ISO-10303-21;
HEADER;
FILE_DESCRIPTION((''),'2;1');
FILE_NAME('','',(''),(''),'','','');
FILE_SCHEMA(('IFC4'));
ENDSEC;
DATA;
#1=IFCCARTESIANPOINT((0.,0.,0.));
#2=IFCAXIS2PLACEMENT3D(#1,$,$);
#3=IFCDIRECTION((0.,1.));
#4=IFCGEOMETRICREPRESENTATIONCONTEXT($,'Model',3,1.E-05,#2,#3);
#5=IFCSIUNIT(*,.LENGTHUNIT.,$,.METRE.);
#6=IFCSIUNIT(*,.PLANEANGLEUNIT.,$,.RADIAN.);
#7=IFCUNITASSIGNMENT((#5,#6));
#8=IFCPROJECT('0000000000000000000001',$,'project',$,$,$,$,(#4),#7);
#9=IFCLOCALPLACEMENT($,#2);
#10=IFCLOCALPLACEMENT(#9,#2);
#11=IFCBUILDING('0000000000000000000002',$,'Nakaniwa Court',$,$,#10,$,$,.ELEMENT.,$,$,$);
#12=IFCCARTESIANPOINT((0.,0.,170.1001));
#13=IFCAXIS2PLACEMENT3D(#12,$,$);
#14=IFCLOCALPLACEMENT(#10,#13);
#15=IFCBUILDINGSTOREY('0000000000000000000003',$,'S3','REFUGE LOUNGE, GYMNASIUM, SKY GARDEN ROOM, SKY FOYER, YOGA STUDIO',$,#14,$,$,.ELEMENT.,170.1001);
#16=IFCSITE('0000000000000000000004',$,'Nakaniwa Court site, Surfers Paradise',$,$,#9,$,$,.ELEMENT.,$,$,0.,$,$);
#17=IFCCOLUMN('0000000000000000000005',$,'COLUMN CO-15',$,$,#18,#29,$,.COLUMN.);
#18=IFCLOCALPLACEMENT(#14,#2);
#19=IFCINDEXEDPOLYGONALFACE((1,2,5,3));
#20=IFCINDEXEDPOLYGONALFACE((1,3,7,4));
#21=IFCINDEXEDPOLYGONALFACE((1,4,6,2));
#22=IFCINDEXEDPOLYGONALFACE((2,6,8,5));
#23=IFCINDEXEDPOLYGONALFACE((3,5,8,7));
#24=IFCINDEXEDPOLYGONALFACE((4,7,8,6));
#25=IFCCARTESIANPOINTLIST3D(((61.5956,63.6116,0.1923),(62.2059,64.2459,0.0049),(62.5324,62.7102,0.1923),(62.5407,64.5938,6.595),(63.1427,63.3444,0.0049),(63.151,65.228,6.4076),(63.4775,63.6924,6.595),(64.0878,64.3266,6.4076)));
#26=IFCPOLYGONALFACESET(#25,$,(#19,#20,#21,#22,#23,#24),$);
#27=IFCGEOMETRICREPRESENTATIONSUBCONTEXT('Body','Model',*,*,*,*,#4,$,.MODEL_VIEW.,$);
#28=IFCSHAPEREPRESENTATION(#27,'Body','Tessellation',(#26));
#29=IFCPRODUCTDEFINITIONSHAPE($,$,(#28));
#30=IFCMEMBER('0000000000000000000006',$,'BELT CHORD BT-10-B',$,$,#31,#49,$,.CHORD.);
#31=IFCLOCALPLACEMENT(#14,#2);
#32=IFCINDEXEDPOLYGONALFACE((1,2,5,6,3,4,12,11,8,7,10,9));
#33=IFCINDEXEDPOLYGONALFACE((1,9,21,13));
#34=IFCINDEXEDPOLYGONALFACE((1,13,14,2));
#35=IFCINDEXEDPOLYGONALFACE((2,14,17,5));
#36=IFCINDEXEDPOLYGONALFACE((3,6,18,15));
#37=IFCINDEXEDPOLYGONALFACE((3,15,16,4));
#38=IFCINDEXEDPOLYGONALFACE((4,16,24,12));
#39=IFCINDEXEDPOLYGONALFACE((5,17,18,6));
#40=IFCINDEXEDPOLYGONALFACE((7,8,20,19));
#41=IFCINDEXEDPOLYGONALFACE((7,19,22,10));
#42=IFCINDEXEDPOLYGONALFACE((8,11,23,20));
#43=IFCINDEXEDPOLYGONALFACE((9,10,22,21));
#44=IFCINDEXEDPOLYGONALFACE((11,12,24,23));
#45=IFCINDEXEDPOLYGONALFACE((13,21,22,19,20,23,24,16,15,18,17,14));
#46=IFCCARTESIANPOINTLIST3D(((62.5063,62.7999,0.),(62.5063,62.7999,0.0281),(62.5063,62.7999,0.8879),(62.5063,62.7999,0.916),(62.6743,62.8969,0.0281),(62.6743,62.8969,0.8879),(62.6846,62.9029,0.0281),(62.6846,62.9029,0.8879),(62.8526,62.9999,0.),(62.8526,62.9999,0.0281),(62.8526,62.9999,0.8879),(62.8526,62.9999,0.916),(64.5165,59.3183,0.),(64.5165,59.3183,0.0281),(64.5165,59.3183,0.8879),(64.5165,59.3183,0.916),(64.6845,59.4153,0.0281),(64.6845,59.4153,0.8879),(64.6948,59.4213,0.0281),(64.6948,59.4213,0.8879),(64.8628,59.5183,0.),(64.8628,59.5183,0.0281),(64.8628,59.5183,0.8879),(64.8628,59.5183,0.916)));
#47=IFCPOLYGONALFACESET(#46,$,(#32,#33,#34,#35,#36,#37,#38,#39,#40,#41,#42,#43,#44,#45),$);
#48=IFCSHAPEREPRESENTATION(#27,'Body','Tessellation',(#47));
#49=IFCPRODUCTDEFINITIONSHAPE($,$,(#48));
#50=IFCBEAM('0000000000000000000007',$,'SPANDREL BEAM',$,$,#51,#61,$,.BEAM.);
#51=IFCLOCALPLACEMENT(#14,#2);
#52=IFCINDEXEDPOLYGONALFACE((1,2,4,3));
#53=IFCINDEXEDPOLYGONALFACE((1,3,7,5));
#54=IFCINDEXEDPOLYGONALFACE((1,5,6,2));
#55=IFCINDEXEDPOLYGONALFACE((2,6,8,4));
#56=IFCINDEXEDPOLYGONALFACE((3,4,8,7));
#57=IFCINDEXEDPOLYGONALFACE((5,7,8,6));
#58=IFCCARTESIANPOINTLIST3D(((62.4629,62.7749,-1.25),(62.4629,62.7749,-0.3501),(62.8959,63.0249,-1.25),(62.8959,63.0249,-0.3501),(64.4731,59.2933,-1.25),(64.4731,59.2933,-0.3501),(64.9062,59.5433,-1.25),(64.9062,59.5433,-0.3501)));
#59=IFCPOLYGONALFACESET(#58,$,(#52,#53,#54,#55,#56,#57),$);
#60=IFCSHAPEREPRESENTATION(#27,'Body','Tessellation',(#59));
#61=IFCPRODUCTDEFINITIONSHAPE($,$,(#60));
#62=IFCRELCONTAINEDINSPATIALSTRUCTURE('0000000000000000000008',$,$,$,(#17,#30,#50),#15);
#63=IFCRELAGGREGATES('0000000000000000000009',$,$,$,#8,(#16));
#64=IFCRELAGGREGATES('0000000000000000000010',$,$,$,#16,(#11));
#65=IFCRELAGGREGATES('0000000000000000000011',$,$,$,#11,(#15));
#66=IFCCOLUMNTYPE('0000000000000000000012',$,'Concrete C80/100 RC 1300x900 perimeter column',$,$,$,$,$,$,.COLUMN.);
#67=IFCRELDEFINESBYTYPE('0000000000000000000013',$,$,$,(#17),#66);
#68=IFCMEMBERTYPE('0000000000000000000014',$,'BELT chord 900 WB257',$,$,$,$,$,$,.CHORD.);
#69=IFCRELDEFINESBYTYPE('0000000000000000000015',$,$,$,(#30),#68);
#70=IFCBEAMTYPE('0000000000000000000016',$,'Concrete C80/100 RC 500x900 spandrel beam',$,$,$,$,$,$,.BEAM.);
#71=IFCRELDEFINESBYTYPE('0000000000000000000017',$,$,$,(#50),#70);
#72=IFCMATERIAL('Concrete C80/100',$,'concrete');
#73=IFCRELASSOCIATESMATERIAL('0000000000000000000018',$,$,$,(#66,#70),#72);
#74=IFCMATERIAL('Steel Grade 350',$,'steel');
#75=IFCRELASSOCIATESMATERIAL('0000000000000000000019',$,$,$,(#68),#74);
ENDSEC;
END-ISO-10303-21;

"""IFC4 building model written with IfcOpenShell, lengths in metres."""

from ifc_helpers import new_model, si_unit, direction, frame, origin, origin_2d, place, context, subcontext, project, spatial, rectangle, i_section, extrude, material, material_profile, profile_set, type_object, element, save


model = new_model("IFC4")

# Units and contexts
model_context = context("Model", 3, precision=1e-05, world=origin(), true_north=direction((0.0, 1.0)))
body_context = subcontext(model_context, "Body", "Model", "MODEL_VIEW")
ifc_project = project(units=[si_unit("LENGTHUNIT", "METRE"), si_unit("PLANEANGLEUNIT", "RADIAN")], contexts=[model_context])

# Site, building, storey
site_placement = place(None, origin())
site = spatial("IfcSite", under=ifc_project, at=site_placement, Name="Nakaniwa Court site, Surfers Paradise", CompositionType="ELEMENT", RefElevation=0.0)
building_placement = place(site_placement, origin())
building = spatial("IfcBuilding", under=site, at=building_placement, Name="Nakaniwa Court", CompositionType="ELEMENT")
storey_placement = place(building_placement, frame((0.0, 0.0, 170.1001)))
storey = spatial("IfcBuildingStorey", under=building, at=storey_placement, Name="S3", Description="REFUGE LOUNGE, GYMNASIUM, SKY GARDEN ROOM, SKY FOYER, YOGA STUDIO", CompositionType="ELEMENT", Elevation=170.1001)

# Column
ifc_material_1 = material(Name="Concrete C80/100", Category="concrete")
ifc_material_profile_1 = material_profile(ifc_material_1, rectangle(XDim=1.3, YDim=0.8999, at=origin_2d()), Name="Concrete C80/100 RC 1300x900 perimeter column")
ifc_profile_set_1 = profile_set([ifc_material_profile_1], Name="Concrete C80/100")
column_type = type_object("IfcColumnType", Name="Concrete C80/100 RC 1300x900 perimeter column", PredefinedType="COLUMN", material=ifc_profile_set_1)
column_placement = place(storey_placement, frame((62.3691, 63.478, 0.0986), z_axis=(0.144372, 0.150041, 0.978082), x_axis=(-0.720589, 0.693363, 0.0)))
element("IfcColumn", 1, at=column_placement, inside=storey, type_object=column_type, Name="COLUMN CO-15", PredefinedType="COLUMN", context=body_context, shape_type="SweptSolid", body=[
    extrude(rectangle(XDim=1.3, YDim=0.8999, at=origin_2d()), origin(), (0.0, 0.0, 1.0), 6.5461),
])

# Member
ifc_material_2 = material(Name="Steel Grade 350", Category="steel")
ifc_material_profile_2 = material_profile(ifc_material_2, i_section(OverallWidth=0.3999, OverallDepth=0.916, WebThickness=0.012, FlangeThickness=0.0281, at=origin_2d()), Name="900WB257")
ifc_profile_set_2 = profile_set([ifc_material_profile_2], Name="Steel Grade 350")
member_type = type_object("IfcMemberType", Name="BELT chord 900 WB257", PredefinedType="CHORD", material=ifc_profile_set_2)
member_placement = place(storey_placement, frame((62.6794, 62.8999, 0.458), z_axis=(0.500019, -0.866015, 0.0), x_axis=(0.866015, 0.500019, 0.0)))
element("IfcMember", 2, at=member_placement, inside=storey, type_object=member_type, Name="BELT CHORD BT-10-B", PredefinedType="CHORD", context=body_context, shape_type="SweptSolid", body=[
    extrude(i_section(OverallWidth=0.3999, OverallDepth=0.916, WebThickness=0.012, FlangeThickness=0.0281, at=origin_2d()), origin(), (0.0, 0.0, 1.0), 4.0203),
])

# Beam
ifc_material_profile_3 = material_profile(ifc_material_1, rectangle(XDim=0.5, YDim=0.8999, at=origin_2d()), Name="Concrete C80/100 RC 500x900 spandrel beam")
ifc_profile_set_3 = profile_set([ifc_material_profile_3], Name="Concrete C80/100")
beam_type = type_object("IfcBeamType", Name="Concrete C80/100 RC 500x900 spandrel beam", PredefinedType="BEAM", material=ifc_profile_set_3)
beam_placement = place(storey_placement, frame((62.6794, 62.8999, -0.8), z_axis=(0.500019, -0.866015, 0.0), x_axis=(0.866015, 0.500019, 0.0)))
element("IfcBeam", 3, at=beam_placement, inside=storey, type_object=beam_type, Name="SPANDREL BEAM", PredefinedType="BEAM", context=body_context, shape_type="SweptSolid", body=[
    extrude(rectangle(XDim=0.5, YDim=0.8999, at=origin_2d()), origin(), (0.0, 0.0, 1.0), 4.0203),
])

save(model, "model.ifc")
